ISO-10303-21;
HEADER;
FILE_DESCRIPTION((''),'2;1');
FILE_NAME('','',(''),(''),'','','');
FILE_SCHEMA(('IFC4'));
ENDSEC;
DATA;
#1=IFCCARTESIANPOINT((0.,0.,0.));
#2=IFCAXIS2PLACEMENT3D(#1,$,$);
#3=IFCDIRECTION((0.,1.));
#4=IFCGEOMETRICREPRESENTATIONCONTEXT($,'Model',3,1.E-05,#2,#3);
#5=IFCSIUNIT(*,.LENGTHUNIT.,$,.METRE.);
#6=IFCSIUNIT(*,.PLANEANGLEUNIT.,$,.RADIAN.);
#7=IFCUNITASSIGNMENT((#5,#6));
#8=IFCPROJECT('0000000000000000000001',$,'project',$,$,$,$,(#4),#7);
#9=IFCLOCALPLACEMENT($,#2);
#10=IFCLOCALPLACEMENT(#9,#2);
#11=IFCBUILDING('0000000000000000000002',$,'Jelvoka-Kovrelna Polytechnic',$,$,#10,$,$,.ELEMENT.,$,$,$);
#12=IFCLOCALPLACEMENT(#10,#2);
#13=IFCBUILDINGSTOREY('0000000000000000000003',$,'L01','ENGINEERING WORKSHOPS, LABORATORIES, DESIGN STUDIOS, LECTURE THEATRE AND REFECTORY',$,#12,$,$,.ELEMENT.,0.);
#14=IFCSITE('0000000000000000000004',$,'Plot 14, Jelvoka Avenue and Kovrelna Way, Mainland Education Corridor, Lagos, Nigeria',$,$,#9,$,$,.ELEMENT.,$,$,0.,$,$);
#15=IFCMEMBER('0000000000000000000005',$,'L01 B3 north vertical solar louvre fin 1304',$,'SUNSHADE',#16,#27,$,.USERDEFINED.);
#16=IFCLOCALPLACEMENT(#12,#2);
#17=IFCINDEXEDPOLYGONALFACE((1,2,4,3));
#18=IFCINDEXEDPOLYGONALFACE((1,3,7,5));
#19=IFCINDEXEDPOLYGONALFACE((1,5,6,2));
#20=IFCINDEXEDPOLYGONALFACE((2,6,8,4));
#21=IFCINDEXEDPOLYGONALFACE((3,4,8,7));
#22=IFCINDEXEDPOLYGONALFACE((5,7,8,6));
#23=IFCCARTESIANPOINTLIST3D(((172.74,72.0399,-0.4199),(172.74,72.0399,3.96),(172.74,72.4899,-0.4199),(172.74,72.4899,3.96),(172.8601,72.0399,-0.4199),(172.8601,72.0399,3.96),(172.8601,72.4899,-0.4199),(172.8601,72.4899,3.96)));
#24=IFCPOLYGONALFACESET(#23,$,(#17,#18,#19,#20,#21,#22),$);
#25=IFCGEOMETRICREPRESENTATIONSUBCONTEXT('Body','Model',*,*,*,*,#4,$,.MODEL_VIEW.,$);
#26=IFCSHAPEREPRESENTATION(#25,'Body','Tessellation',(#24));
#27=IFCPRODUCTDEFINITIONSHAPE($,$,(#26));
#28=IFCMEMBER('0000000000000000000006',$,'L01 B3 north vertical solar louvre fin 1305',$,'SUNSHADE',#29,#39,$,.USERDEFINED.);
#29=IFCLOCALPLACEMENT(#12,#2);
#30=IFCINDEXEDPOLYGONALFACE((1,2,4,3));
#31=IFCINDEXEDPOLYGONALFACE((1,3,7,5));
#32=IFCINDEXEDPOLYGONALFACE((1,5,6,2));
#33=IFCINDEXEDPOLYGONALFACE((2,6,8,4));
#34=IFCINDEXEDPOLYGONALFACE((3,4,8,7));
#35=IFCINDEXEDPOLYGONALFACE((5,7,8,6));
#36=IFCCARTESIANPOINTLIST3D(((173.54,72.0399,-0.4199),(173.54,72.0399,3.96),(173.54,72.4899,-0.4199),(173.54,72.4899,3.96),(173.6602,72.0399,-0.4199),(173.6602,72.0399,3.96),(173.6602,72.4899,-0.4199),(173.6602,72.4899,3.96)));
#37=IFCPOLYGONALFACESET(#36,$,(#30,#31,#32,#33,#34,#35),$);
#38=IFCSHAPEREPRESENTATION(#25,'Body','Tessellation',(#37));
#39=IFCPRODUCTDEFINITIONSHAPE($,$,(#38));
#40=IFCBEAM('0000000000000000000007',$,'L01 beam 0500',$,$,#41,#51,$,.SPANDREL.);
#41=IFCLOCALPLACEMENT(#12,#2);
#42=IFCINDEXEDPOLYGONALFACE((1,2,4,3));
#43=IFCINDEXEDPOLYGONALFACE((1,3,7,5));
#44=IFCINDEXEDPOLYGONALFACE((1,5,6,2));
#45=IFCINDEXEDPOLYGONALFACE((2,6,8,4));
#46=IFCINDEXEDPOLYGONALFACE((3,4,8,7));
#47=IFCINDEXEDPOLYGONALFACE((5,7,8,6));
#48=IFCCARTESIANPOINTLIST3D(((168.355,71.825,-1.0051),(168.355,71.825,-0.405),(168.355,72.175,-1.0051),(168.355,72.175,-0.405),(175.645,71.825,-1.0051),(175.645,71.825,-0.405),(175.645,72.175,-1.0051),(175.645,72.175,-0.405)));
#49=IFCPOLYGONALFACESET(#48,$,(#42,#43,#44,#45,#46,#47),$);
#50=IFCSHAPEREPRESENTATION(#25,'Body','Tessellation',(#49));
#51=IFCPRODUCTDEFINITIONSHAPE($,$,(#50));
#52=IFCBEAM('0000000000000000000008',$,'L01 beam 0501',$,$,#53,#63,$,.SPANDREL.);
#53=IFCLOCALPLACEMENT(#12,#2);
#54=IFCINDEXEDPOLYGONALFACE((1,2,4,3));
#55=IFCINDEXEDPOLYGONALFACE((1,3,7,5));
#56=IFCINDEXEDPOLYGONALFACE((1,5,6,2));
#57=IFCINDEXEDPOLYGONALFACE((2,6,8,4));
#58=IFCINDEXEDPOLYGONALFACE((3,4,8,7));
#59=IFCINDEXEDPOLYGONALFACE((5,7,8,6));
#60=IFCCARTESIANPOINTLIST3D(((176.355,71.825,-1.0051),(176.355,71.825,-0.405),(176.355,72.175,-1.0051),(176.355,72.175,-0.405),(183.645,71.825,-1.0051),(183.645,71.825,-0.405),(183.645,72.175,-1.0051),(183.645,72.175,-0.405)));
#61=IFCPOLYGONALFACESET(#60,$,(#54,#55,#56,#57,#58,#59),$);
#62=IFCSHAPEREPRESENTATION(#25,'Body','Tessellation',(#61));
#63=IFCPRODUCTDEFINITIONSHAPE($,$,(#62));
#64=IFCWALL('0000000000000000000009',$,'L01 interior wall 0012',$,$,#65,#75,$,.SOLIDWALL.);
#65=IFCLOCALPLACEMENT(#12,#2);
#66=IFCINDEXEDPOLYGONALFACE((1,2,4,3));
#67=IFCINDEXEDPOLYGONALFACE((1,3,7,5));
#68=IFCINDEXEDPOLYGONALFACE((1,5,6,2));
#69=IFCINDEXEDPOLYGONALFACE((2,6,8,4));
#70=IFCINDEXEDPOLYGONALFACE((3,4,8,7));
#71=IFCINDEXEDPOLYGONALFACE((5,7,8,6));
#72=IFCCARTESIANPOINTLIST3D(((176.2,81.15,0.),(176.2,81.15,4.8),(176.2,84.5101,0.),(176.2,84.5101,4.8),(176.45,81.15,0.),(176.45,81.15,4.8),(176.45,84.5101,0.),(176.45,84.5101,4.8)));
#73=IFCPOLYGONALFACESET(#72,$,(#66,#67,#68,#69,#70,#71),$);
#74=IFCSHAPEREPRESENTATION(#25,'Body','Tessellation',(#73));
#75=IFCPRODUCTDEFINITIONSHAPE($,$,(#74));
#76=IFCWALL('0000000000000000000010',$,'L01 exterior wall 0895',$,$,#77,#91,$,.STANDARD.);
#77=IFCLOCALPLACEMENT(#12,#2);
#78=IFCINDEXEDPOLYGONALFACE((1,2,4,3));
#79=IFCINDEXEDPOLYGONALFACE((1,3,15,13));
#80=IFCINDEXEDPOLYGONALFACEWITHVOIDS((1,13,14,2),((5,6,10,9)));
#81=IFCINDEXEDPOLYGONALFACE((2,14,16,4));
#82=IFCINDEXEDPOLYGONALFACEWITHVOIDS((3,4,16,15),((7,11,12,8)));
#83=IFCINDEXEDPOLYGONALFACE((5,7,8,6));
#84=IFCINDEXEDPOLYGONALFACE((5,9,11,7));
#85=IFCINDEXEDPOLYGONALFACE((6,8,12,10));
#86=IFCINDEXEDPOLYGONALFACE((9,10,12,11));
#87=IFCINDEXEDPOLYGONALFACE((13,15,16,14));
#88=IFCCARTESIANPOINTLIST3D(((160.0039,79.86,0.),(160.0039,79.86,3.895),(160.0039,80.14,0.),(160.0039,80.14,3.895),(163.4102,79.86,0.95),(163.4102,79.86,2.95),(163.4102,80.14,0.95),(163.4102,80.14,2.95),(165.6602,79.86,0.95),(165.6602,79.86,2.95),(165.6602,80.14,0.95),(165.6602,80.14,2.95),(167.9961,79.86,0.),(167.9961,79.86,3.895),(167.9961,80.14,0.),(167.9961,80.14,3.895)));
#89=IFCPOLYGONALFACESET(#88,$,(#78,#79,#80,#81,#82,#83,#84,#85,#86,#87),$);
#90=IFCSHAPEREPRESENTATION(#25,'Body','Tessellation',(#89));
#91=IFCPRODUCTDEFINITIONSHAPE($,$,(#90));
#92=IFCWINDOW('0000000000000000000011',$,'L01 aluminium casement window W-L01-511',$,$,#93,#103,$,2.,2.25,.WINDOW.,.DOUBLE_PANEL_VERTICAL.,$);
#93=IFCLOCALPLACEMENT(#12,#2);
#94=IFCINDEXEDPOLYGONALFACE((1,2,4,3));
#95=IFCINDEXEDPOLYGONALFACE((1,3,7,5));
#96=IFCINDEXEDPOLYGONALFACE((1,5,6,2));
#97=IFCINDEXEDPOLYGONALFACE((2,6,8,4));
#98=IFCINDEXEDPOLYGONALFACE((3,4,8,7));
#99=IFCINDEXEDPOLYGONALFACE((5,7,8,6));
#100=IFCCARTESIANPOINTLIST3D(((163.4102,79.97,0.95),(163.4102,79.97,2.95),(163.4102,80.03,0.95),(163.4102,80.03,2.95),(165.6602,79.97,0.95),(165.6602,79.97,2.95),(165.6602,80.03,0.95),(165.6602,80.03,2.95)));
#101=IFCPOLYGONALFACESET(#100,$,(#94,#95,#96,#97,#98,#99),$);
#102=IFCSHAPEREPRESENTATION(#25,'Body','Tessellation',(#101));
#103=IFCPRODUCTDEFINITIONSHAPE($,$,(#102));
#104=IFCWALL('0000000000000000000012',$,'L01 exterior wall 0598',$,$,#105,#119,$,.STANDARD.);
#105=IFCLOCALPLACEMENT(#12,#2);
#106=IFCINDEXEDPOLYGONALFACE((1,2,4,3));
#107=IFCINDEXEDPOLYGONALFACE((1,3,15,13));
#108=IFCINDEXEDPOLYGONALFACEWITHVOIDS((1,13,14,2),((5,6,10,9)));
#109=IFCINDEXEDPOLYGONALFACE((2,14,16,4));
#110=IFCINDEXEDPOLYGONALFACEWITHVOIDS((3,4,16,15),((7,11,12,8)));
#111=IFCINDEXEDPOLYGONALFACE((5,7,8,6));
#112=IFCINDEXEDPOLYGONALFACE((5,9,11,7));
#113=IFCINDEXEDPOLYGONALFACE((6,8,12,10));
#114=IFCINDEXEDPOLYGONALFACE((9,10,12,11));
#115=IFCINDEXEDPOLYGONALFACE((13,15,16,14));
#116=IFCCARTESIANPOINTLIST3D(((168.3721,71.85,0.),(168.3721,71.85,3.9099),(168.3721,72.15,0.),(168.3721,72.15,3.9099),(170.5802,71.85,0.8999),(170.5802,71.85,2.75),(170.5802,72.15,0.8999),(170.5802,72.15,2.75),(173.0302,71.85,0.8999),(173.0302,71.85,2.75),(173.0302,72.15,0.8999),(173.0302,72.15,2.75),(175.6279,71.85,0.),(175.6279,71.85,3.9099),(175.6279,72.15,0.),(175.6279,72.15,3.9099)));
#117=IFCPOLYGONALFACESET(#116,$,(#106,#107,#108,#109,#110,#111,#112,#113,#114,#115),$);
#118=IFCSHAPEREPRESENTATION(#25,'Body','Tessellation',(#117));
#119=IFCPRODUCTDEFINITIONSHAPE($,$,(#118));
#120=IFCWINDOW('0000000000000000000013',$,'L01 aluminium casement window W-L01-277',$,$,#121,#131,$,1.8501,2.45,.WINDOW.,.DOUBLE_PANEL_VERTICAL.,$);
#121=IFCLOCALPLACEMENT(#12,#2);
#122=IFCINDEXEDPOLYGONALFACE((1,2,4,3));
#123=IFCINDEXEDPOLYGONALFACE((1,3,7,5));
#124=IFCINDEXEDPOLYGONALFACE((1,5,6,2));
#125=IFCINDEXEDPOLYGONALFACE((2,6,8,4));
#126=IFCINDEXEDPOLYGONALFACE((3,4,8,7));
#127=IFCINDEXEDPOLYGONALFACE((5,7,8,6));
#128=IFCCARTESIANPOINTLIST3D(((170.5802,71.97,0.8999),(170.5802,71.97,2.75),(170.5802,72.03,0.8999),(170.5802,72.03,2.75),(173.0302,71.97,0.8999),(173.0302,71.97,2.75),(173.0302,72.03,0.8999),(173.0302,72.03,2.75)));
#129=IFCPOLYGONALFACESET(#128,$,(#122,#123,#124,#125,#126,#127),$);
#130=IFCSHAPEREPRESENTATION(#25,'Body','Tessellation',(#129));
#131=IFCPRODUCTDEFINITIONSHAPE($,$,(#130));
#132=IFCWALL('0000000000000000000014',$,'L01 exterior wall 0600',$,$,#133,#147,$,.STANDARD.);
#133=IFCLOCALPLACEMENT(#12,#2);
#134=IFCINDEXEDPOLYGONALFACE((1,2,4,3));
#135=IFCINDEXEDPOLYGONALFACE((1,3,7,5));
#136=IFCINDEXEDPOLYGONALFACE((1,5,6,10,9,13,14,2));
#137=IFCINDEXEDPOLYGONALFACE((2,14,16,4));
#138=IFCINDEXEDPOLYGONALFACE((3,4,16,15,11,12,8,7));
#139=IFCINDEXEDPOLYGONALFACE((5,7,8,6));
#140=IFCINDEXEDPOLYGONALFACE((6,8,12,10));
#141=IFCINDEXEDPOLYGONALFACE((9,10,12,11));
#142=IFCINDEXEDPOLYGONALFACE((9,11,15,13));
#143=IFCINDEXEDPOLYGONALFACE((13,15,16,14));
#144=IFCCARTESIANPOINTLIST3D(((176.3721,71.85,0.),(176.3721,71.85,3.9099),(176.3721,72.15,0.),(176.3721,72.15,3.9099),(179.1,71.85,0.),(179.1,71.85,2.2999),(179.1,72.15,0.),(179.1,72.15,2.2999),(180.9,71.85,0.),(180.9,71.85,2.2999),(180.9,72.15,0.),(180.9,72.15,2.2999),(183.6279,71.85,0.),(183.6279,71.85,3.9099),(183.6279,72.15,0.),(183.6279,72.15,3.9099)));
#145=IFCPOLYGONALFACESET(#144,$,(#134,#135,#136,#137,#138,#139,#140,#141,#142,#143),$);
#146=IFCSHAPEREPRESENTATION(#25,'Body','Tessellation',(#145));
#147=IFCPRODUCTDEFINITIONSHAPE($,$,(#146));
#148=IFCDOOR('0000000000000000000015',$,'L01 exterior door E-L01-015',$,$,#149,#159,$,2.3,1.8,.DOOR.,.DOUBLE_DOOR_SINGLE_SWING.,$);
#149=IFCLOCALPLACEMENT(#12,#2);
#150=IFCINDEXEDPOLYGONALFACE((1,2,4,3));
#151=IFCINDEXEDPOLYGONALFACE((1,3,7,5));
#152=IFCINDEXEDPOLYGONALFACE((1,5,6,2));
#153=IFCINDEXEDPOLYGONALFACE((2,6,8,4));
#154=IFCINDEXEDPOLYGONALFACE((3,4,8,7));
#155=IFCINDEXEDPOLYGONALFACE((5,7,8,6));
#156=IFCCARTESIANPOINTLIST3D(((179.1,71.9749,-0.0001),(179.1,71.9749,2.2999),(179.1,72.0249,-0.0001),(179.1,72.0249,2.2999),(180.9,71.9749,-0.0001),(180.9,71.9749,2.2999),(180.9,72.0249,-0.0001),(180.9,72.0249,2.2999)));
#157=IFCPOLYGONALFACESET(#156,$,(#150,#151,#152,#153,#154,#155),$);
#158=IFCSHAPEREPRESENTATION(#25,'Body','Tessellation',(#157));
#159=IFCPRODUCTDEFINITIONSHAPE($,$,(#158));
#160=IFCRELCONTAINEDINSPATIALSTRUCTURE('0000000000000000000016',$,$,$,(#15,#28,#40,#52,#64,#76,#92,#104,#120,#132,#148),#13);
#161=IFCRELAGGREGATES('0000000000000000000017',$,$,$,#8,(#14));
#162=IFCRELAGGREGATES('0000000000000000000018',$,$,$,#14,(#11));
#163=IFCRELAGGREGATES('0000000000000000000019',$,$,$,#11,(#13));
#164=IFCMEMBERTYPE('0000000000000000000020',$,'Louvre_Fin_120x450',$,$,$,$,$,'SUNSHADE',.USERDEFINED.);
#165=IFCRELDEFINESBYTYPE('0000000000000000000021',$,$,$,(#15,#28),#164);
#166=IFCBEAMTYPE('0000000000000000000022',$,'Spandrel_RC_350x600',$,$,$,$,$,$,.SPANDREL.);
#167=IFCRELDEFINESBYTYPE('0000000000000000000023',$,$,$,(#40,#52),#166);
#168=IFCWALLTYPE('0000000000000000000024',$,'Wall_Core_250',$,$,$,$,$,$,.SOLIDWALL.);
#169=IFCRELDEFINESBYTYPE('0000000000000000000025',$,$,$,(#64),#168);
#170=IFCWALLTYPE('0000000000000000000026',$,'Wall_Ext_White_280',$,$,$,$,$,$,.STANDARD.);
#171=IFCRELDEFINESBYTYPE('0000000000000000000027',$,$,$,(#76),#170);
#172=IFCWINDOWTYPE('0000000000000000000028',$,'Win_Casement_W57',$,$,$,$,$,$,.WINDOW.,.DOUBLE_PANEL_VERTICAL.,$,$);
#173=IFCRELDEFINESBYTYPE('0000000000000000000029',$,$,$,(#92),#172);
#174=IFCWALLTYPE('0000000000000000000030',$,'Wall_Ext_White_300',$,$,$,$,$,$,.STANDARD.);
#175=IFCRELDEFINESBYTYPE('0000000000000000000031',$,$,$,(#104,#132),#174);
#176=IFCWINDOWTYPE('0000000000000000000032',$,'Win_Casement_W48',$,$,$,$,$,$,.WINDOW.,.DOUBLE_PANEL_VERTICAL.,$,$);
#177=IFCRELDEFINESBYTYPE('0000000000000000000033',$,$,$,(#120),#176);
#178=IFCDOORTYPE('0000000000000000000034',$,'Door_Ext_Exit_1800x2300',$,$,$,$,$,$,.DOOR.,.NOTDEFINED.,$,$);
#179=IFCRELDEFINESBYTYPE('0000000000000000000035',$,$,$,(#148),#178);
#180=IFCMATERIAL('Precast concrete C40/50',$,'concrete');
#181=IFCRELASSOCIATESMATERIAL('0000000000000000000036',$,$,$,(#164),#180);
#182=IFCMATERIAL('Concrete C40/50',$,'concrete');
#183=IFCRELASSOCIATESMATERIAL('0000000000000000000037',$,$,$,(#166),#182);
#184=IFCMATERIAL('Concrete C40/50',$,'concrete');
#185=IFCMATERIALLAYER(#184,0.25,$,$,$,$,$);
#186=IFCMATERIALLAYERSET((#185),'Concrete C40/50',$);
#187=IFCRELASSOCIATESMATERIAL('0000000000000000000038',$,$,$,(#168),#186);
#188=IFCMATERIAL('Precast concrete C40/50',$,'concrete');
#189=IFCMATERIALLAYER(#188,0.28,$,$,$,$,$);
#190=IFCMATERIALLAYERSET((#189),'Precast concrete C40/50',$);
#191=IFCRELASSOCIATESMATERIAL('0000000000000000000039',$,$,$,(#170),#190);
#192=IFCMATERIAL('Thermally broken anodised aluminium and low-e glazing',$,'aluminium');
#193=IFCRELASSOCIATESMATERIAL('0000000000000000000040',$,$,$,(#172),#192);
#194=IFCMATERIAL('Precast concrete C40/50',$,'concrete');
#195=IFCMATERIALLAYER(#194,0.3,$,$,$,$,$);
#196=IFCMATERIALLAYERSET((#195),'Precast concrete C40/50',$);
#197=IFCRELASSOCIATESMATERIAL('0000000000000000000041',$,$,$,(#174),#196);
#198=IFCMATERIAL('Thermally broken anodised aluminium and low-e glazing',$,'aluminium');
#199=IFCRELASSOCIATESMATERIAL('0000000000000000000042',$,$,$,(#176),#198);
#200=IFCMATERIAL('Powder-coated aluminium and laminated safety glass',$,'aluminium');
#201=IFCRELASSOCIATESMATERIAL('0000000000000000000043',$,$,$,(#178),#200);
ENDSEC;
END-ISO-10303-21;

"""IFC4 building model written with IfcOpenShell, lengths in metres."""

from ifc_helpers import new_model, si_unit, direction, frame, frame_2d, origin, origin_2d, place, context, subcontext, project, spatial, rectangle, extrude, material, layer, layer_set, material_profile, profile_set, type_object, element, fill, save


model = new_model("IFC4")

# Units and contexts
model_context = context("Model", 3, precision=1e-05, world=origin(), true_north=direction((0.0, 1.0)))
body_context = subcontext(model_context, "Body", "Model", "MODEL_VIEW")
ifc_project = project(units=[si_unit("LENGTHUNIT", "METRE"), si_unit("PLANEANGLEUNIT", "RADIAN")], contexts=[model_context])

# Site, building, storey
site_placement = place(None, origin())
site = spatial("IfcSite", under=ifc_project, at=site_placement, Name="Plot 14, Jelvoka Avenue and Kovrelna Way, Mainland Education Corridor, Lagos, Nigeria", CompositionType="ELEMENT", RefElevation=0.0)
building_placement = place(site_placement, origin())
building = spatial("IfcBuilding", under=site, at=building_placement, Name="Jelvoka-Kovrelna Polytechnic", CompositionType="ELEMENT")
storey_placement = place(building_placement, origin())
storey = spatial("IfcBuildingStorey", under=building, at=storey_placement, Name="L01", Description="ENGINEERING WORKSHOPS, LABORATORIES, DESIGN STUDIOS, LECTURE THEATRE AND REFECTORY", CompositionType="ELEMENT", Elevation=0.0)

# Members
ifc_material_1 = material(Name="Precast concrete C40/50", Category="concrete")
ifc_material_profile_1 = material_profile(ifc_material_1, rectangle(XDim=0.1201, YDim=0.45, at=origin_2d()), Name="PC 120x450")
ifc_profile_set_1 = profile_set([ifc_material_profile_1], Name="Precast concrete C40/50")
member_type = type_object("IfcMemberType", Name="Louvre_Fin_120x450", ElementType="SUNSHADE", PredefinedType="USERDEFINED", material=ifc_profile_set_1)
for number, where, z_axis, x_axis, name in (
    (1, (172.8, 72.2649, -0.4199), (0.0, 0.0, 1.0), (1.0, 0.0, 0.0), "L01 B3 north vertical solar louvre fin 1304"),
    (2, (173.6001, 72.2649, -0.4199), (0.0, 0.0, 1.0), (1.0, 0.0, 0.0), "L01 B3 north vertical solar louvre fin 1305"),
):
    element("IfcMember", number, at=place(storey_placement, frame(where, z_axis=z_axis, x_axis=x_axis)), inside=storey, type_object=member_type, Name=name, ObjectType="SUNSHADE", PredefinedType="USERDEFINED", context=body_context, shape_type="SweptSolid", body=[
        extrude(rectangle(XDim=0.1201, YDim=0.45, at=origin_2d()), origin(), (0.0, 0.0, 1.0), 4.3799),
    ])

# Beams
ifc_material_2 = material(Name="Concrete C40/50", Category="concrete")
ifc_material_profile_2 = material_profile(ifc_material_2, rectangle(XDim=0.3501, YDim=0.6001, at=origin_2d()), Name="RC 350x600")
ifc_profile_set_2 = profile_set([ifc_material_profile_2], Name="Concrete C40/50")
beam_type_1 = type_object("IfcBeamType", Name="Spandrel_RC_350x600", PredefinedType="SPANDREL", material=ifc_profile_set_2)
for number, where, z_axis, x_axis, name in (
    (3, (168.355, 72.0, -0.7051), (1.0, 0.0, 0.0), (0.0, 1.0, 0.0), "L01 beam 0500"),
    (4, (176.355, 72.0, -0.7051), (1.0, 0.0, 0.0), (0.0, 1.0, 0.0), "L01 beam 0501"),
):
    element("IfcBeam", number, at=place(storey_placement, frame(where, z_axis=z_axis, x_axis=x_axis)), inside=storey, type_object=beam_type_1, Name=name, PredefinedType="SPANDREL", context=body_context, shape_type="SweptSolid", body=[
        extrude(rectangle(XDim=0.3501, YDim=0.6001, at=origin_2d()), origin(), (0.0, 0.0, 1.0), 7.29),
    ])

# Wall
ifc_material_3 = material(Name="Concrete C40/50", Category="concrete")
ifc_layer_1 = layer(ifc_material_3, 0.25)
ifc_layer_set_1 = layer_set([ifc_layer_1], Name="Concrete C40/50")
wall_type_1 = type_object("IfcWallType", Name="Wall_Core_250", PredefinedType="SOLIDWALL", material=ifc_layer_set_1)
wall_1_placement = place(storey_placement, frame((176.325, 81.1499, 0.0), z_axis=(0.0, 0.0, 1.0), x_axis=(0.0, 1.0, 0.0)))
element("IfcWall", 5, at=wall_1_placement, inside=storey, type_object=wall_type_1, Name="L01 interior wall 0012", PredefinedType="SOLIDWALL", context=body_context, shape_type="SweptSolid", body=[
    extrude(rectangle(XDim=3.3601, YDim=0.25, at=frame_2d((1.6802, 0.0))), origin(), (0.0, 0.0, 1.0), 4.8),
])

# Wall, opening, window
ifc_material_4 = material(Name="Precast concrete C40/50", Category="concrete")
ifc_layer_2 = layer(ifc_material_4, 0.28)
ifc_layer_set_2 = layer_set([ifc_layer_2], Name="Precast concrete C40/50")
wall_type_2 = type_object("IfcWallType", Name="Wall_Ext_White_280", PredefinedType="STANDARD", material=ifc_layer_set_2)
wall_2_placement = place(storey_placement, frame((167.9961, 80.0, 0.0), z_axis=(0.0, 0.0, 1.0), x_axis=(-1.0, 0.0, 0.0)))
wall_2 = element("IfcWall", 6, at=wall_2_placement, inside=storey, type_object=wall_type_2, Name="L01 exterior wall 0895", PredefinedType="STANDARD", context=body_context, shape_type="SweptSolid", body=[
    extrude(rectangle(XDim=7.9922, YDim=0.28, at=frame_2d((3.9961, 0.0))), origin(), (0.0, 0.0, 1.0), 3.895),
])
opening_1_placement = place(wall_2_placement, frame((2.3359, 0.0, 0.95)))
opening_1 = element("IfcOpeningElement", 7, at=opening_1_placement, cuts=wall_2, PredefinedType="OPENING", context=body_context, shape_type="SweptSolid", body=[
    extrude(rectangle(XDim=2.25, YDim=2.0, at=frame_2d((1.125, 1.0))), frame((0.0, 0.1501, 0.0), z_axis=(0.0, -1.0, 0.0), x_axis=(1.0, 0.0, 0.0)), (0.0, 0.0, 1.0), 0.3),
])
ifc_material_5 = material(Name="Thermally broken anodised aluminium and low-e glazing", Category="aluminium")
window_type_1 = type_object("IfcWindowType", Name="Win_Casement_W57", PartitioningType="DOUBLE_PANEL_VERTICAL", PredefinedType="WINDOW", material=ifc_material_5)
window_1_placement = place(opening_1_placement, origin())
window_1 = element("IfcWindow", 8, at=window_1_placement, inside=storey, type_object=window_type_1, Name="L01 aluminium casement window W-L01-511", OverallHeight=2.0, OverallWidth=2.25, PartitioningType="DOUBLE_PANEL_VERTICAL", PredefinedType="WINDOW", context=body_context, shape_type="SweptSolid", body=[
    extrude(rectangle(XDim=2.25, YDim=2.0, at=frame_2d((1.125, 1.0))), frame((0.0, 0.03, 0.0), z_axis=(0.0, -1.0, 0.0), x_axis=(1.0, 0.0, 0.0)), (0.0, 0.0, 1.0), 0.0601),
])
fill(opening_1, window_1)

# Wall, opening, window
ifc_material_6 = material(Name="Precast concrete C40/50", Category="concrete")
ifc_layer_3 = layer(ifc_material_6, 0.3)
ifc_layer_set_3 = layer_set([ifc_layer_3], Name="Precast concrete C40/50")
wall_type_3 = type_object("IfcWallType", Name="Wall_Ext_White_300", PredefinedType="STANDARD", material=ifc_layer_set_3)
wall_3_placement = place(storey_placement, frame((168.3721, 72.0, 0.0), z_axis=(0.0, 0.0, 1.0), x_axis=(1.0, 0.0, 0.0)))
wall_3 = element("IfcWall", 9, at=wall_3_placement, inside=storey, type_object=wall_type_3, Name="L01 exterior wall 0598", PredefinedType="STANDARD", context=body_context, shape_type="SweptSolid", body=[
    extrude(rectangle(XDim=7.2559, YDim=0.3, at=frame_2d((3.6279, 0.0))), origin(), (0.0, 0.0, 1.0), 3.9099),
])
opening_2_placement = place(wall_3_placement, frame((2.208, 0.0, 0.8999)))
opening_2 = element("IfcOpeningElement", 10, at=opening_2_placement, cuts=wall_3, PredefinedType="OPENING", context=body_context, shape_type="SweptSolid", body=[
    extrude(rectangle(XDim=2.45, YDim=1.8501, at=frame_2d((1.2251, 0.925))), frame((0.0, 0.1599, 0.0), z_axis=(0.0, -1.0, 0.0), x_axis=(1.0, 0.0, 0.0)), (0.0, 0.0, 1.0), 0.3201),
])
ifc_material_7 = material(Name="Thermally broken anodised aluminium and low-e glazing", Category="aluminium")
window_type_2 = type_object("IfcWindowType", Name="Win_Casement_W48", PartitioningType="DOUBLE_PANEL_VERTICAL", PredefinedType="WINDOW", material=ifc_material_7)
window_2_placement = place(opening_2_placement, origin())
window_2 = element("IfcWindow", 11, at=window_2_placement, inside=storey, type_object=window_type_2, Name="L01 aluminium casement window W-L01-277", OverallHeight=1.8501, OverallWidth=2.45, PartitioningType="DOUBLE_PANEL_VERTICAL", PredefinedType="WINDOW", context=body_context, shape_type="SweptSolid", body=[
    extrude(rectangle(XDim=2.45, YDim=1.8501, at=frame_2d((1.2251, 0.925))), frame((0.0, 0.03, 0.0), z_axis=(0.0, -1.0, 0.0), x_axis=(1.0, 0.0, 0.0)), (0.0, 0.0, 1.0), 0.0601),
])
fill(opening_2, window_2)

# Wall, opening, door
wall_4_placement = place(storey_placement, frame((176.3721, 72.0, 0.0), z_axis=(0.0, 0.0, 1.0), x_axis=(1.0, 0.0, 0.0)))
wall_4 = element("IfcWall", 12, at=wall_4_placement, inside=storey, type_object=wall_type_3, Name="L01 exterior wall 0600", PredefinedType="STANDARD", context=body_context, shape_type="SweptSolid", body=[
    extrude(rectangle(XDim=7.2559, YDim=0.3, at=frame_2d((3.6279, 0.0))), origin(), (0.0, 0.0, 1.0), 3.9099),
])
opening_3_placement = place(wall_4_placement, frame((2.728, 0.0, 0.0)))
opening_3 = element("IfcOpeningElement", 13, at=opening_3_placement, cuts=wall_4, PredefinedType="OPENING", context=body_context, shape_type="SweptSolid", body=[
    extrude(rectangle(XDim=1.8, YDim=2.3, at=frame_2d((0.8999, 1.1499))), frame((0.0, 0.1599, 0.0), z_axis=(0.0, -1.0, 0.0), x_axis=(1.0, 0.0, 0.0)), (0.0, 0.0, 1.0), 0.3201),
])
ifc_material_8 = material(Name="Powder-coated aluminium and laminated safety glass", Category="aluminium")
door_type_1 = type_object("IfcDoorType", Name="Door_Ext_Exit_1800x2300", OperationType="NOTDEFINED", PredefinedType="DOOR", material=ifc_material_8)
door_1_placement = place(opening_3_placement, origin())
door_1 = element("IfcDoor", 14, at=door_1_placement, inside=storey, type_object=door_type_1, Name="L01 exterior door E-L01-015", OperationType="DOUBLE_DOOR_SINGLE_SWING", OverallHeight=2.3, OverallWidth=1.8, PredefinedType="DOOR", context=body_context, shape_type="SweptSolid", body=[
    extrude(rectangle(XDim=1.8, YDim=2.3, at=frame_2d((0.8999, 1.1499))), frame((0.0, 0.0249, 0.0), z_axis=(0.0, -1.0, 0.0), x_axis=(1.0, 0.0, 0.0)), (0.0, 0.0, 1.0), 0.05),
])
fill(opening_3, door_1)

save(model, "model.ifc")
